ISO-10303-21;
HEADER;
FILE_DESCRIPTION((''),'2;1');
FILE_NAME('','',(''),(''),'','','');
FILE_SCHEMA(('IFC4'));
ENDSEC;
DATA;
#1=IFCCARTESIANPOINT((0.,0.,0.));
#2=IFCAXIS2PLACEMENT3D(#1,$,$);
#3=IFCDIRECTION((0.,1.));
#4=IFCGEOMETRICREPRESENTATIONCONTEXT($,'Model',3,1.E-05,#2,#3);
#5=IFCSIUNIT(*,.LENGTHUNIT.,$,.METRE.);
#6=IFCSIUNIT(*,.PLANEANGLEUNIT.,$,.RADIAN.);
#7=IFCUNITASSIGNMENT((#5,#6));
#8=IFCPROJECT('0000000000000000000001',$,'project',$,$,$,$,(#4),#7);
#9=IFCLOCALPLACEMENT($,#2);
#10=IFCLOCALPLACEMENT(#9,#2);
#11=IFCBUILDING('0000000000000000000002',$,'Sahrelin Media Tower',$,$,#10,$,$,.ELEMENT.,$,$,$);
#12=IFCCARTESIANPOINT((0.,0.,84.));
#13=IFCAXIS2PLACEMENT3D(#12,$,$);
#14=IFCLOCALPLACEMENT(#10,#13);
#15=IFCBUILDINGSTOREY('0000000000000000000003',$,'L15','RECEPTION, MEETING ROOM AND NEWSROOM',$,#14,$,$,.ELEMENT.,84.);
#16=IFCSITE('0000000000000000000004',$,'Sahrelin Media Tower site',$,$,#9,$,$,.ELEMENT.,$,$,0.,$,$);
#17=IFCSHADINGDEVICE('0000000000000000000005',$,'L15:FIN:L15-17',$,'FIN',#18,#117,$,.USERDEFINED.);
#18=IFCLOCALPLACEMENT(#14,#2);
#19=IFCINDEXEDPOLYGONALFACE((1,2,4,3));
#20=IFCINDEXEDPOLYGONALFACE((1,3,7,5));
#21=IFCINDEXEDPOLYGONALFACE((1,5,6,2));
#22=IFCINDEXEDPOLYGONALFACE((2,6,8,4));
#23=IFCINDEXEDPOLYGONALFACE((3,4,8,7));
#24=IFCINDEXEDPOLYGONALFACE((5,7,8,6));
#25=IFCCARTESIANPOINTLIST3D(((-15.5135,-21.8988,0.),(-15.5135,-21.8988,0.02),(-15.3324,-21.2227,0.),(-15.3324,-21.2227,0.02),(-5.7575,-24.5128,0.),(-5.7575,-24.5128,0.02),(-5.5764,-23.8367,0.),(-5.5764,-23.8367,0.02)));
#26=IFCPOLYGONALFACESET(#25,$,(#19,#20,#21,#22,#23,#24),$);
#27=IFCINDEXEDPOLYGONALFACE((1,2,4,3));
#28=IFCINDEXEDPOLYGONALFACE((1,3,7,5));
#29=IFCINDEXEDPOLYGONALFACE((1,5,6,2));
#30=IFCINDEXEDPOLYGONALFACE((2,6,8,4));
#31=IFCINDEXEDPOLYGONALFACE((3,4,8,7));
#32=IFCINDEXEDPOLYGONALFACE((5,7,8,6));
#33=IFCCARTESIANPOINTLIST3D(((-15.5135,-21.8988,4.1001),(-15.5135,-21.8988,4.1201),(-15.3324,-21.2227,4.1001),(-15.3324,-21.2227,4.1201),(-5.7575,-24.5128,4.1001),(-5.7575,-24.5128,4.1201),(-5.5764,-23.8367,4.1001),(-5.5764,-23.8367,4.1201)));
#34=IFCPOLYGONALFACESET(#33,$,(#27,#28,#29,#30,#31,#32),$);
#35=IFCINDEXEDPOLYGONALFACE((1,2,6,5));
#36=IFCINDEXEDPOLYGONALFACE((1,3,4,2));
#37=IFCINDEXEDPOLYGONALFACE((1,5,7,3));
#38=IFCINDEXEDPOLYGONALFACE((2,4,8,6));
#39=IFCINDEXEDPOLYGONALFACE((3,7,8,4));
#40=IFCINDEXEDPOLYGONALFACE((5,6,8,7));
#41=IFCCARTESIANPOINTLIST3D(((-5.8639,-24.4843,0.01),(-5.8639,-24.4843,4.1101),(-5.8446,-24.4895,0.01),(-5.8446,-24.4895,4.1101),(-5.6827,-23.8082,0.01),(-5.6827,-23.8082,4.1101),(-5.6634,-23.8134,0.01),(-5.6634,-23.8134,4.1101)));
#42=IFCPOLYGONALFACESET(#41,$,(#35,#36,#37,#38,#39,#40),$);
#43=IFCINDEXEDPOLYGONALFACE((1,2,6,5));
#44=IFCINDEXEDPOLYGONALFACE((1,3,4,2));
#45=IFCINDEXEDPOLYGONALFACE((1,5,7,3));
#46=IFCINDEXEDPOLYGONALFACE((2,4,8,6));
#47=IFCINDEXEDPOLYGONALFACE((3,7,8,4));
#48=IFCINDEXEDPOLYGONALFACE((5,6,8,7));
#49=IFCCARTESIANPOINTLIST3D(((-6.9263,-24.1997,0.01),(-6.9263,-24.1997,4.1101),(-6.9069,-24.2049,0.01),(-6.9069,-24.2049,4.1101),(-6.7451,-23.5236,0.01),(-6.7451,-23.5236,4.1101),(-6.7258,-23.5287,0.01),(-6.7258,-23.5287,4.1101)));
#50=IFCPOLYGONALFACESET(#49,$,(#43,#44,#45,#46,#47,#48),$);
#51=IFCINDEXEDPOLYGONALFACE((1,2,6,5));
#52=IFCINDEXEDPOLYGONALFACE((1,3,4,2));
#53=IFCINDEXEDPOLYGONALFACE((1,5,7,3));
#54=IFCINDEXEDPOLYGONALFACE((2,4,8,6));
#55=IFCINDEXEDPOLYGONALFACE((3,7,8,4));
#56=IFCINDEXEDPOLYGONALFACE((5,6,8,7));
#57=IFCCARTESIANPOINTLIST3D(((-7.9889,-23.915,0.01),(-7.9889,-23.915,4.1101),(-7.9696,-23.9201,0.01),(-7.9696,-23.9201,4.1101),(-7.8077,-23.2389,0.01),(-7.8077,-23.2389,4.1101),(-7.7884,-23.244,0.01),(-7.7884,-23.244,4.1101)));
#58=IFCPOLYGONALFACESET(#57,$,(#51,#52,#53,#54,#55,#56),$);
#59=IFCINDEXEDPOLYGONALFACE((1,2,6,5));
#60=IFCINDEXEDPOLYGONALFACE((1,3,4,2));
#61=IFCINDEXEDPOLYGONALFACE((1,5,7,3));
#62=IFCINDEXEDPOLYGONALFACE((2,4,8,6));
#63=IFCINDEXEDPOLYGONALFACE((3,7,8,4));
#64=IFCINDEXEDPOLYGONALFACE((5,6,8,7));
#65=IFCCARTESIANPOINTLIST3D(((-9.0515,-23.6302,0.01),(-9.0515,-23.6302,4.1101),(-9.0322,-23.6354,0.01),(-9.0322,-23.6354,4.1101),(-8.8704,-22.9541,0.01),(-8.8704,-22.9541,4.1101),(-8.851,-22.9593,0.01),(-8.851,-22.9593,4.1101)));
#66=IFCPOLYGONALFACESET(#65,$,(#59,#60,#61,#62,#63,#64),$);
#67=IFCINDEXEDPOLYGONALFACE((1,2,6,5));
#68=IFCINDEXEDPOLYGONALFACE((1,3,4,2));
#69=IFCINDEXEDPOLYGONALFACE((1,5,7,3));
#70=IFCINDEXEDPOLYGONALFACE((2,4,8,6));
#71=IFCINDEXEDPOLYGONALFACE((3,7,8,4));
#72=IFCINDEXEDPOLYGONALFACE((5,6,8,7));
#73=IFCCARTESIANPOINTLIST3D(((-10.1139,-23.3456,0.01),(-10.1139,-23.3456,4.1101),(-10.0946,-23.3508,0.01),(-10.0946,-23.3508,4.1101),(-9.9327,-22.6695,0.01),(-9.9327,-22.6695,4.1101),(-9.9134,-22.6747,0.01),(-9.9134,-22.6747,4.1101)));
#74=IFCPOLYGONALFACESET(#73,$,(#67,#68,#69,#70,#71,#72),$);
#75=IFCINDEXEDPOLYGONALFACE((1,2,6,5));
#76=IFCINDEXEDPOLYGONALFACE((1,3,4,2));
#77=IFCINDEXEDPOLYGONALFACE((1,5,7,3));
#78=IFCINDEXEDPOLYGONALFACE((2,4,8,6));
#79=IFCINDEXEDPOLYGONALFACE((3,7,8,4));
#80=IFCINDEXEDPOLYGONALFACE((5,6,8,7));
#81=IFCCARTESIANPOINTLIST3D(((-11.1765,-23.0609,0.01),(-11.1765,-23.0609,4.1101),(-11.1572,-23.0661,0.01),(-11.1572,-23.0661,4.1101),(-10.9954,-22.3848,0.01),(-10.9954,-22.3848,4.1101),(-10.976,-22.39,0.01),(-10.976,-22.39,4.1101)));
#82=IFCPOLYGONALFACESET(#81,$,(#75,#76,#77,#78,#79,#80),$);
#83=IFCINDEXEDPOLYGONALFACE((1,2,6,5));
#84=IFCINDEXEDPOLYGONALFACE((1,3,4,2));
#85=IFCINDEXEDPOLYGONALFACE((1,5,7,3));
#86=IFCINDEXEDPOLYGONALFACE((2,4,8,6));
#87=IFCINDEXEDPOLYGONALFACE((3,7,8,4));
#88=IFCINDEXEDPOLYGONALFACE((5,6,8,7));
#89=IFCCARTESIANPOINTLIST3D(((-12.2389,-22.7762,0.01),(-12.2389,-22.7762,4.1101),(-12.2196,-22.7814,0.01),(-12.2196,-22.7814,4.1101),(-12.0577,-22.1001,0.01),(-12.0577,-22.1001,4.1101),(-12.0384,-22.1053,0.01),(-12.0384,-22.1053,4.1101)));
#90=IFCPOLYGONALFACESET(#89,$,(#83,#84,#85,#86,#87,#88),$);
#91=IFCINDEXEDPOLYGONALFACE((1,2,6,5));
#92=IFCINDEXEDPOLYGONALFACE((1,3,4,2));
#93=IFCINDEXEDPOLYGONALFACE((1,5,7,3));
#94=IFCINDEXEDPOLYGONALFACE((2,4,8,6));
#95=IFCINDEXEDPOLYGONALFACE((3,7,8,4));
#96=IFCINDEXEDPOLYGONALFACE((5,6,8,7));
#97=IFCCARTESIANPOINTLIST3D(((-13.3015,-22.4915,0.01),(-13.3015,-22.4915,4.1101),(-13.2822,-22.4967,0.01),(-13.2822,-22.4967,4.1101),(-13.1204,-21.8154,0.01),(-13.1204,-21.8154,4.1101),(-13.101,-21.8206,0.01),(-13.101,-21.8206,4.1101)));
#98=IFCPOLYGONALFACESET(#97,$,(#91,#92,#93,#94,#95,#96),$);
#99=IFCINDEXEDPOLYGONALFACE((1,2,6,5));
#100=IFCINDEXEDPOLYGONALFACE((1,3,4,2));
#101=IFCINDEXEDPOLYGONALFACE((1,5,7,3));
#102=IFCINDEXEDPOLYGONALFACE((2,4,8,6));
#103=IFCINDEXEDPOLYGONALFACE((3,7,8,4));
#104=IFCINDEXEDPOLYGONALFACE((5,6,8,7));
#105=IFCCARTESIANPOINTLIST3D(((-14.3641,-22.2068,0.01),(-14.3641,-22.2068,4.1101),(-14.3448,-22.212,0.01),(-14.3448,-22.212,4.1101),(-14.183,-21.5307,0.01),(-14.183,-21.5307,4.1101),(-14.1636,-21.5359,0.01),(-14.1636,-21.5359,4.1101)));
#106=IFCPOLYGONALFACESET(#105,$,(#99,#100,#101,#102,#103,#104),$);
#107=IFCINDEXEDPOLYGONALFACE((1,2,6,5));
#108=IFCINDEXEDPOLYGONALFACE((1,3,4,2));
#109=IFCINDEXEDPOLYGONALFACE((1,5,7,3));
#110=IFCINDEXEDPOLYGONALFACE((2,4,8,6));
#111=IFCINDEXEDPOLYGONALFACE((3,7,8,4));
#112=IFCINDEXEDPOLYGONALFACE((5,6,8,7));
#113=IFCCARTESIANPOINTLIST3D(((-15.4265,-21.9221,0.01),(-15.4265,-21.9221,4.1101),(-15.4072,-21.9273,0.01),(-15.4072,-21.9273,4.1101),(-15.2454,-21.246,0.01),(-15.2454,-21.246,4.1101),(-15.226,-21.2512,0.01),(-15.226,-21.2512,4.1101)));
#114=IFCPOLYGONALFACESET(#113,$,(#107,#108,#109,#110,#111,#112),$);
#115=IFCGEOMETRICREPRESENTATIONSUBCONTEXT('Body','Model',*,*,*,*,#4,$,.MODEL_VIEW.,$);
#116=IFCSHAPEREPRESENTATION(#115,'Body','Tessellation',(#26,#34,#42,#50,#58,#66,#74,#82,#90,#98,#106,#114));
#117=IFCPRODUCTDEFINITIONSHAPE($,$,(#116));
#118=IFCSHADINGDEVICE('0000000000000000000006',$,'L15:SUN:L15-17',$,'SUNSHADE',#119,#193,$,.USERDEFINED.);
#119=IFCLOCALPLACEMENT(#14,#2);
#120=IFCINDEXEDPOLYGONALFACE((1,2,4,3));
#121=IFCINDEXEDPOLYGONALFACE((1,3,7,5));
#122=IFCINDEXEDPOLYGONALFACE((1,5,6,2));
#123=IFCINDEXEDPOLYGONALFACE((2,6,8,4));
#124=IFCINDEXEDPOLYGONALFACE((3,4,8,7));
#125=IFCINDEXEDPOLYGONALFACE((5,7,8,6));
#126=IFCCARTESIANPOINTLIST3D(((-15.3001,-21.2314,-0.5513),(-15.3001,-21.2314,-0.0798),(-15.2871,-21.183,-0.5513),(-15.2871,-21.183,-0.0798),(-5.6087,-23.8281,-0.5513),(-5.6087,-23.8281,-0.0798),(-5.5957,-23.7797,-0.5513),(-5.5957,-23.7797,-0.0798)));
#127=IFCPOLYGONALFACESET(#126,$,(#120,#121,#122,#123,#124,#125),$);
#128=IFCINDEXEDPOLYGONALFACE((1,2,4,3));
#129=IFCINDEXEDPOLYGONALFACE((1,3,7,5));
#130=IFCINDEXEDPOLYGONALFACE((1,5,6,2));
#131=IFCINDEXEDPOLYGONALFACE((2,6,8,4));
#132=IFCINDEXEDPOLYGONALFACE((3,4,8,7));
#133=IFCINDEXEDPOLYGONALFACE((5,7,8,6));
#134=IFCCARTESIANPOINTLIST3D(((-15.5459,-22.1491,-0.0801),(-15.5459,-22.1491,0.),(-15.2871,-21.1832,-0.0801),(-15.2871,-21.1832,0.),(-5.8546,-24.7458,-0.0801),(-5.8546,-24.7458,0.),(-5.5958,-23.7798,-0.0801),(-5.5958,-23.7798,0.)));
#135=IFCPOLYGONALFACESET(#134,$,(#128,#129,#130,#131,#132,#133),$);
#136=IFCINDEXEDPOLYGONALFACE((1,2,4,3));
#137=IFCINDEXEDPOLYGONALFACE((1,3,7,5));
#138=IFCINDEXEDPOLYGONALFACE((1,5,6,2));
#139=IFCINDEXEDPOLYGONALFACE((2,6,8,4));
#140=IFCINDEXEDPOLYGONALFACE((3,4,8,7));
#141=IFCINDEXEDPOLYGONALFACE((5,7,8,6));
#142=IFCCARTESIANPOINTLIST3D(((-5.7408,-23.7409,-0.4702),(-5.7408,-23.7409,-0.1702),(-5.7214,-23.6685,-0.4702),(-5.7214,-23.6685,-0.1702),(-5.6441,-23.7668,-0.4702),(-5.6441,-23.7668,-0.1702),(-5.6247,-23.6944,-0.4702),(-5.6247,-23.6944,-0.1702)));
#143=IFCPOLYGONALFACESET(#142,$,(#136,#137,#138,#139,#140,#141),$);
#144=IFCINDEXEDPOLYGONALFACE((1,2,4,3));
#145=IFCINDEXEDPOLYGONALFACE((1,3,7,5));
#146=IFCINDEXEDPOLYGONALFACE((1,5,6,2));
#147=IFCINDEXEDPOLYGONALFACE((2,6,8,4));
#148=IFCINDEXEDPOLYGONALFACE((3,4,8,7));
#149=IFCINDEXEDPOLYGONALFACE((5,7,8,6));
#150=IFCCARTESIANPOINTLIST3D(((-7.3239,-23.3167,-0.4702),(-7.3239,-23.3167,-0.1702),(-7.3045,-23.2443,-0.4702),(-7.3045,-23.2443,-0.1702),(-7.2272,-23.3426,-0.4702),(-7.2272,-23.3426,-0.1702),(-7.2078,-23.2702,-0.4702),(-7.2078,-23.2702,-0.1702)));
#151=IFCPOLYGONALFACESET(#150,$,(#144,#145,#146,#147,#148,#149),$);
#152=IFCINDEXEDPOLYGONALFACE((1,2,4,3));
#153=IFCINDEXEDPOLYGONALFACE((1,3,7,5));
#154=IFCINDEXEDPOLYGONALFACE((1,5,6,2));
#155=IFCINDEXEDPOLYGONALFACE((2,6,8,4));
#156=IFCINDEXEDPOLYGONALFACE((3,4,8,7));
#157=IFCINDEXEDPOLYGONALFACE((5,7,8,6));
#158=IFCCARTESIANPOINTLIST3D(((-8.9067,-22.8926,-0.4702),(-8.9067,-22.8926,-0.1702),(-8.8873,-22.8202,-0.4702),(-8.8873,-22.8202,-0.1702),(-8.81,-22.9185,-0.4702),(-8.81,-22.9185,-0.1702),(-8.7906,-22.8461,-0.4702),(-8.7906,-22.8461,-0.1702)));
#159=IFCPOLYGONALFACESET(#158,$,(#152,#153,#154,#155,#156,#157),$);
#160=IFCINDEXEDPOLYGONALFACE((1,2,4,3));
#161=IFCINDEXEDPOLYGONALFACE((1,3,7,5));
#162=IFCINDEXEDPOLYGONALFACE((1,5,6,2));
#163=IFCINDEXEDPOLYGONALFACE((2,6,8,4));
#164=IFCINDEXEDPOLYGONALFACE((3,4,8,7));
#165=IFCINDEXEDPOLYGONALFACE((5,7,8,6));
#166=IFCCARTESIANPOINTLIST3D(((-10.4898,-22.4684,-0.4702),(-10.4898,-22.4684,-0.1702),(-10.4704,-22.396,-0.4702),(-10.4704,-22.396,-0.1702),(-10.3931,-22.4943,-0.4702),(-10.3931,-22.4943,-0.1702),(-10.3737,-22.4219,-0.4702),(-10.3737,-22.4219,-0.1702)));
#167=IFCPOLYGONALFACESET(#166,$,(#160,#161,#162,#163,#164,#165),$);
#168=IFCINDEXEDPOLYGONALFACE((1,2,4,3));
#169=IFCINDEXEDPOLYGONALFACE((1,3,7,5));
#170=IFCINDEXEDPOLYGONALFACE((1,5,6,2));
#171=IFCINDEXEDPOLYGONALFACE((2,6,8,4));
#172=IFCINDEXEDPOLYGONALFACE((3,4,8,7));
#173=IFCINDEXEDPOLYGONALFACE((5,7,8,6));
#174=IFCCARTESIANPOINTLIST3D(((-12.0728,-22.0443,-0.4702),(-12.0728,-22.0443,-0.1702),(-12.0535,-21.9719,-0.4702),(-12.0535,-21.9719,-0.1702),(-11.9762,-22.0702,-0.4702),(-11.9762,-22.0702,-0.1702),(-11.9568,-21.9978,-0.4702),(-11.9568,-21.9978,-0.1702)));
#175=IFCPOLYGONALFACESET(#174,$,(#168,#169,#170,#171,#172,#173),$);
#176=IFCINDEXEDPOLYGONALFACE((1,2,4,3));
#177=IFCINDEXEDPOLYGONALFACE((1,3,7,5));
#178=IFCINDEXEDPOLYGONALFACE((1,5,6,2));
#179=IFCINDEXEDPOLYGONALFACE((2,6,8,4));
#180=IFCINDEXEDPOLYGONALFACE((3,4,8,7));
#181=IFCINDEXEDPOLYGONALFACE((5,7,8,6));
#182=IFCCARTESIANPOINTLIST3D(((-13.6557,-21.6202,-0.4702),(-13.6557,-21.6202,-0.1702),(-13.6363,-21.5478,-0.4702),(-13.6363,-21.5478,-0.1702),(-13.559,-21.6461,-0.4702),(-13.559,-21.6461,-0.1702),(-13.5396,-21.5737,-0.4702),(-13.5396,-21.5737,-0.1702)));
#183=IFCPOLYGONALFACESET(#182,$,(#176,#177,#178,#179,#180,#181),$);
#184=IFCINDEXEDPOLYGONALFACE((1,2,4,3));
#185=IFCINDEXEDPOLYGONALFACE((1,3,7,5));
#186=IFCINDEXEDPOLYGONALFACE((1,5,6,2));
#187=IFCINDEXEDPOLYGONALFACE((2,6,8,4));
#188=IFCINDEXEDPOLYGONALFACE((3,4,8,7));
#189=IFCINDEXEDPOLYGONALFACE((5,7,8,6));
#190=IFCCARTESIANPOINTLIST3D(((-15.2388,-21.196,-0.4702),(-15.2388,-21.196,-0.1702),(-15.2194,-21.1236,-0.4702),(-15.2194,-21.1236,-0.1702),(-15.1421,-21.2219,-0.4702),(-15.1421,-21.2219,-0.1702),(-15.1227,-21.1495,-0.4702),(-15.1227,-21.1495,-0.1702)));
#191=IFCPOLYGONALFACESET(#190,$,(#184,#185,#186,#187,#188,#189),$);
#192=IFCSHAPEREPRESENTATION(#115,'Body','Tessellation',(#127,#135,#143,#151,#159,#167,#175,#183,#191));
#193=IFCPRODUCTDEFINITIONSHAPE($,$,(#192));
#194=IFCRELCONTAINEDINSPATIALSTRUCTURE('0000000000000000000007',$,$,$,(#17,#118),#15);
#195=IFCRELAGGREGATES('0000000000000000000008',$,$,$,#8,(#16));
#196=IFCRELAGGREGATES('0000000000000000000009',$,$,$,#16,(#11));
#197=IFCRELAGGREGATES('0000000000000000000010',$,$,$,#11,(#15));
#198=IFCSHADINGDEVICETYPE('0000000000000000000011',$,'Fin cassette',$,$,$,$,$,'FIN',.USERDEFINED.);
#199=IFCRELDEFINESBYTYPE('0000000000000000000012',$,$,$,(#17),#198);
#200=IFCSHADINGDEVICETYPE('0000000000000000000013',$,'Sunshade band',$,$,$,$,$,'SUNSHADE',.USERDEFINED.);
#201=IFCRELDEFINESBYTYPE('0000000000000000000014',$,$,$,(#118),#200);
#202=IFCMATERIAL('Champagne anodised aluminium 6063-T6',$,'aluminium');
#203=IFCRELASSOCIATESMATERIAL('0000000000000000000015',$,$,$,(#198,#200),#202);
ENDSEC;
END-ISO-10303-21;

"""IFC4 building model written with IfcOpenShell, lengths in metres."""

from ifc_helpers import new_model, si_unit, direction, frame, origin, origin_2d, place, context, subcontext, project, spatial, rectangle, extrude, material, type_object, element, save


model = new_model("IFC4")

# Units and contexts
model_context = context("Model", 3, precision=1e-05, world=origin(), true_north=direction((0.0, 1.0)))
body_context = subcontext(model_context, "Body", "Model", "MODEL_VIEW")
ifc_project = project(units=[si_unit("LENGTHUNIT", "METRE"), si_unit("PLANEANGLEUNIT", "RADIAN")], contexts=[model_context])

# Site, building, storey
site_placement = place(None, origin())
site = spatial("IfcSite", under=ifc_project, at=site_placement, Name="Sahrelin Media Tower site", CompositionType="ELEMENT", RefElevation=0.0)
building_placement = place(site_placement, origin())
building = spatial("IfcBuilding", under=site, at=building_placement, Name="Sahrelin Media Tower", CompositionType="ELEMENT")
storey_placement = place(building_placement, frame((0.0, 0.0, 84.0)))
storey = spatial("IfcBuildingStorey", under=building, at=storey_placement, Name="L15", Description="RECEPTION, MEETING ROOM AND NEWSROOM", CompositionType="ELEMENT", Elevation=84.0)

# Shared definitions
ifc_material_1 = material(Name="Champagne anodised aluminium 6063-T6", Category="aluminium")

# Shading devices
shading_device_type_1 = type_object("IfcShadingDeviceType", Name="Fin cassette", ElementType="FIN", PredefinedType="USERDEFINED", material=ifc_material_1)
placement = place(storey_placement, frame((-10.4363, -22.4622, 0.0), z_axis=(0.0, 0.0, 1.0), x_axis=(-0.965929, 0.258808, 0.0)))
element("IfcShadingDevice", 1, at=placement, inside=storey, type_object=shading_device_type_1, Name="L15:FIN:L15-17", ObjectType="FIN", PredefinedType="USERDEFINED", context=body_context, shape_type="SweptSolid", body=[
    extrude(rectangle(XDim=10.1001, YDim=0.7, at=origin_2d()), frame((0.0, 0.4199, 0.0)), (0.0, 0.0, 1.0), 0.02),
    extrude(rectangle(XDim=10.1001, YDim=0.7, at=origin_2d()), frame((0.0, 0.4199, 4.1001)), (0.0, 0.0, 1.0), 0.02),
    extrude(rectangle(XDim=0.02, YDim=0.7, at=origin_2d()), frame((-4.95, 0.4199, 0.01), z_axis=(0.0, 0.0, 1.0), x_axis=(1.0, 0.0, 0.0)), (0.0, 0.0, 1.0), 4.1001),
    extrude(rectangle(XDim=0.02, YDim=0.7, at=origin_2d()), frame((-3.8501, 0.4199, 0.01), z_axis=(0.0, 0.0, 1.0), x_axis=(1.0, 0.0, 0.0)), (0.0, 0.0, 1.0), 4.1001),
    extrude(rectangle(XDim=0.02, YDim=0.7, at=origin_2d()), frame((-2.75, 0.4199, 0.01), z_axis=(0.0, 0.0, 1.0), x_axis=(1.0, 0.0, 0.0)), (0.0, 0.0, 1.0), 4.1001),
    extrude(rectangle(XDim=0.02, YDim=0.7, at=origin_2d()), frame((-1.6499, 0.4199, 0.01), z_axis=(0.0, 0.0, 1.0), x_axis=(1.0, 0.0, 0.0)), (0.0, 0.0, 1.0), 4.1001),
    extrude(rectangle(XDim=0.02, YDim=0.7, at=origin_2d()), frame((-0.55, 0.4199, 0.01), z_axis=(0.0, 0.0, 1.0), x_axis=(1.0, 0.0, 0.0)), (0.0, 0.0, 1.0), 4.1001),
    extrude(rectangle(XDim=0.02, YDim=0.7, at=origin_2d()), frame((0.55, 0.4199, 0.01), z_axis=(0.0, 0.0, 1.0), x_axis=(1.0, 0.0, 0.0)), (0.0, 0.0, 1.0), 4.1001),
    extrude(rectangle(XDim=0.02, YDim=0.7, at=origin_2d()), frame((1.6499, 0.4199, 0.01), z_axis=(0.0, 0.0, 1.0), x_axis=(1.0, 0.0, 0.0)), (0.0, 0.0, 1.0), 4.1001),
    extrude(rectangle(XDim=0.02, YDim=0.7, at=origin_2d()), frame((2.75, 0.4199, 0.01), z_axis=(0.0, 0.0, 1.0), x_axis=(1.0, 0.0, 0.0)), (0.0, 0.0, 1.0), 4.1001),
    extrude(rectangle(XDim=0.02, YDim=0.7, at=origin_2d()), frame((3.8501, 0.4199, 0.01), z_axis=(0.0, 0.0, 1.0), x_axis=(1.0, 0.0, 0.0)), (0.0, 0.0, 1.0), 4.1001),
    extrude(rectangle(XDim=0.02, YDim=0.7, at=origin_2d()), frame((4.95, 0.4199, 0.01), z_axis=(0.0, 0.0, 1.0), x_axis=(1.0, 0.0, 0.0)), (0.0, 0.0, 1.0), 4.1001),
])
shading_device_type_2 = type_object("IfcShadingDeviceType", Name="Sunshade band", ElementType="SUNSHADE", PredefinedType="USERDEFINED", material=ifc_material_1)
element("IfcShadingDevice", 2, at=placement, inside=storey, type_object=shading_device_type_2, Name="L15:SUN:L15-17", ObjectType="SUNSHADE", PredefinedType="USERDEFINED", context=body_context, shape_type="SweptSolid", body=[
    extrude(rectangle(XDim=10.0332, YDim=0.05, at=origin_2d()), frame((0.0, 0.0449, -0.5513)), (0.0, 0.0, 1.0), 0.4714),
    extrude(rectangle(XDim=10.0332, YDim=1.0, at=origin_2d()), frame((0.0, 0.52, -0.0801)), (0.0, 0.0, 1.0), 0.0801),
    extrude(rectangle(XDim=0.1001, YDim=0.075, at=origin_2d()), frame((-4.9165, -0.0176, -0.4702)), (0.0, 0.0, 1.0), 0.3),
    extrude(rectangle(XDim=0.1001, YDim=0.075, at=origin_2d()), frame((-3.2776, -0.0176, -0.4702)), (0.0, 0.0, 1.0), 0.3),
    extrude(rectangle(XDim=0.1001, YDim=0.075, at=origin_2d()), frame((-1.6389, -0.0176, -0.4702)), (0.0, 0.0, 1.0), 0.3),
    extrude(rectangle(XDim=0.1001, YDim=0.075, at=origin_2d()), frame((0.0, -0.0176, -0.4702)), (0.0, 0.0, 1.0), 0.3),
    extrude(rectangle(XDim=0.1001, YDim=0.075, at=origin_2d()), frame((1.6389, -0.0176, -0.4702)), (0.0, 0.0, 1.0), 0.3),
    extrude(rectangle(XDim=0.1001, YDim=0.075, at=origin_2d()), frame((3.2776, -0.0176, -0.4702)), (0.0, 0.0, 1.0), 0.3),
    extrude(rectangle(XDim=0.1001, YDim=0.075, at=origin_2d()), frame((4.9165, -0.0176, -0.4702)), (0.0, 0.0, 1.0), 0.3),
])

save(model, "model.ifc")
